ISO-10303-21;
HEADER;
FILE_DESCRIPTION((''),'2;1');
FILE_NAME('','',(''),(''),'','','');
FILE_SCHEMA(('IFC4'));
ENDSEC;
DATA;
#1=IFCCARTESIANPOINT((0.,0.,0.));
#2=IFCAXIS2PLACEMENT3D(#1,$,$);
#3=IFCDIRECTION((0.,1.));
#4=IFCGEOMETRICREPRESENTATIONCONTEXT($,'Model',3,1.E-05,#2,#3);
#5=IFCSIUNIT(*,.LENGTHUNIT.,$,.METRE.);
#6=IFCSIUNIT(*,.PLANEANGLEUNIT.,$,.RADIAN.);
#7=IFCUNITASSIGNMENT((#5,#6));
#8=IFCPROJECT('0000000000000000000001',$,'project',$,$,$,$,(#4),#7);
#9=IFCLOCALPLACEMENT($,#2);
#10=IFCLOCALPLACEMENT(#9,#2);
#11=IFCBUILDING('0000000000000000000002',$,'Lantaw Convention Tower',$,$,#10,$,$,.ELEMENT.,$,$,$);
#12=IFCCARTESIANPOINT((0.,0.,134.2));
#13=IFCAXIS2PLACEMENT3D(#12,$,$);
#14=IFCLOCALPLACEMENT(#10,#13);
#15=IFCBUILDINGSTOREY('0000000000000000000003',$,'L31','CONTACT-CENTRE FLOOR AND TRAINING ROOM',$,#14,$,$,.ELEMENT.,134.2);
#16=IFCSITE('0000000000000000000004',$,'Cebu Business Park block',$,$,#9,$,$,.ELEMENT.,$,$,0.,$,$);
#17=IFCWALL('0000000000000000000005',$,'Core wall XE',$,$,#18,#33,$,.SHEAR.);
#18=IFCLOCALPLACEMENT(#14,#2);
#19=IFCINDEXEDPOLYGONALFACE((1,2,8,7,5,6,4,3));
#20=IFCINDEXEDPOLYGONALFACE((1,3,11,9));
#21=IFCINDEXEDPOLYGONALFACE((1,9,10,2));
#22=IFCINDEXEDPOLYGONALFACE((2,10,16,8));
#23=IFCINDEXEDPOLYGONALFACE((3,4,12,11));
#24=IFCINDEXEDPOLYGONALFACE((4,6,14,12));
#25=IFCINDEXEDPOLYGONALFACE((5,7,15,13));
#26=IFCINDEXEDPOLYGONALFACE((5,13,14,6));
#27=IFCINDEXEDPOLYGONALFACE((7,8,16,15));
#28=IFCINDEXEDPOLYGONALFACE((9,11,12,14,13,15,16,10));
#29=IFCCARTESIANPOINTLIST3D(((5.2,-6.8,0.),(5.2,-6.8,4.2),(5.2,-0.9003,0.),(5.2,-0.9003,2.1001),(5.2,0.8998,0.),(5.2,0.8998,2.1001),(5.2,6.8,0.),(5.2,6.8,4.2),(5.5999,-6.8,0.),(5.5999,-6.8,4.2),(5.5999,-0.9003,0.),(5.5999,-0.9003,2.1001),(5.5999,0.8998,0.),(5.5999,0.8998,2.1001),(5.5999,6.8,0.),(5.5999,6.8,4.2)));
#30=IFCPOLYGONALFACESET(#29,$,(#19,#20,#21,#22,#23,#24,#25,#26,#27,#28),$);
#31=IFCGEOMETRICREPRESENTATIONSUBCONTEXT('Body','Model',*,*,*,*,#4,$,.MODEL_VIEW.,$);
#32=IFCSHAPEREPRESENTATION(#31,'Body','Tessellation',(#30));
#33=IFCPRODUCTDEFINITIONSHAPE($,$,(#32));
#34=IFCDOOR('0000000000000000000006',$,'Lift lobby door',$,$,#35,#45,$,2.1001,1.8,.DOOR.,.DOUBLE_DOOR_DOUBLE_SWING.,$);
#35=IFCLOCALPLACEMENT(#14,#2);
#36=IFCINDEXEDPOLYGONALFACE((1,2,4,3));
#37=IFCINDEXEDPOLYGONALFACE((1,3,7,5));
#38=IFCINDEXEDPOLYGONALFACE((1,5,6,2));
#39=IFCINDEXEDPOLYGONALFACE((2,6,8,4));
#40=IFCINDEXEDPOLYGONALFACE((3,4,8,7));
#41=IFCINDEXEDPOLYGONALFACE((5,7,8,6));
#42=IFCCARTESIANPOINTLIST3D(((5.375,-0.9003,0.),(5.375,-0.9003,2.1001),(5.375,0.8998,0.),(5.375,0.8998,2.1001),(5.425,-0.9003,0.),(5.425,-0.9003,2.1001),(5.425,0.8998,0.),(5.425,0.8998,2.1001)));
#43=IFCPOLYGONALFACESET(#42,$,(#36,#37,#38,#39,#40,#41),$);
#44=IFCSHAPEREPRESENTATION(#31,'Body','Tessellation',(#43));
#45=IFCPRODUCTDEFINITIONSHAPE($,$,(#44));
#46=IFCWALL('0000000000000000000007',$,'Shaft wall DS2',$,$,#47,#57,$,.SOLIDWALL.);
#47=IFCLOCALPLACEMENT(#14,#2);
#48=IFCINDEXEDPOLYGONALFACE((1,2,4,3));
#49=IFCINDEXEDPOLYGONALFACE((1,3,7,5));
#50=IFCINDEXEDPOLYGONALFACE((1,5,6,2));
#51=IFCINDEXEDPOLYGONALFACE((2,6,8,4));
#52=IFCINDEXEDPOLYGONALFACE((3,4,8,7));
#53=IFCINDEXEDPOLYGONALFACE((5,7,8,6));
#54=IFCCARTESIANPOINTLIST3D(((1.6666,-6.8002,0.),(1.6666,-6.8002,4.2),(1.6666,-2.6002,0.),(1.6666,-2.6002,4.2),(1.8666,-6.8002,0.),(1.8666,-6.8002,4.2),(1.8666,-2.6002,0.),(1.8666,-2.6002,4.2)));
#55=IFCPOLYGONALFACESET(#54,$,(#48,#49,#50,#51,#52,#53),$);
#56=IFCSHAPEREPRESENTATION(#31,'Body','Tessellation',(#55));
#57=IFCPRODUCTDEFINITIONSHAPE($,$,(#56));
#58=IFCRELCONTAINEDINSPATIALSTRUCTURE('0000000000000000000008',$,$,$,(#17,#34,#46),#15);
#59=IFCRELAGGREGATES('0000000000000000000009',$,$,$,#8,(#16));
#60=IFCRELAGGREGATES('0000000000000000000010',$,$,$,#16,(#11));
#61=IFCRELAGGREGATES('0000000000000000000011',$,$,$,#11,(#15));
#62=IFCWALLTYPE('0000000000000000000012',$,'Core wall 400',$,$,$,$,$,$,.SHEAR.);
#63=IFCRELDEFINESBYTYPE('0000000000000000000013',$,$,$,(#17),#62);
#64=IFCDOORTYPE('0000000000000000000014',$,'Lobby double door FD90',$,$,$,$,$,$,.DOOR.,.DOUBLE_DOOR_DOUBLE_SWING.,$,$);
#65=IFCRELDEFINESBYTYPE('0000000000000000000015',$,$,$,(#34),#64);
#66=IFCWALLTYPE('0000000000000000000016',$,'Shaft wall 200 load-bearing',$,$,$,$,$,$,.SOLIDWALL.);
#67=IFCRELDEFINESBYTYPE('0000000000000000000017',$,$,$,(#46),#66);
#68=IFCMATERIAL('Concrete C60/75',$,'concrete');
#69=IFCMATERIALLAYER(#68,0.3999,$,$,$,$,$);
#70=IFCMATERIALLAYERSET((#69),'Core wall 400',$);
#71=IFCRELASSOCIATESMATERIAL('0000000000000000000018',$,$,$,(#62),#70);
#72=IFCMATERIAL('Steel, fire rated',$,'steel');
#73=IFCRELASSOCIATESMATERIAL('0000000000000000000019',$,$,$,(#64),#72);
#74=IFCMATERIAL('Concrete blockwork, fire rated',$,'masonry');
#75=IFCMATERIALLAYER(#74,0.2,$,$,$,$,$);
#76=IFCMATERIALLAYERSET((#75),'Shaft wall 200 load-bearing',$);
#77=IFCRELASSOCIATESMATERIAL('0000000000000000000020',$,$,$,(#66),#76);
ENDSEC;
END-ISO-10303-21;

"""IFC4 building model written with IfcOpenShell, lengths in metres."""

from ifc_helpers import new_model, si_unit, direction, frame, frame_2d, origin, place, context, subcontext, project, spatial, rectangle, extrude, material, layer, layer_set, type_object, element, fill, save


model = new_model("IFC4")

# Units and contexts
model_context = context("Model", 3, precision=1e-05, world=origin(), true_north=direction((0.0, 1.0)))
body_context = subcontext(model_context, "Body", "Model", "MODEL_VIEW")
ifc_project = project(units=[si_unit("LENGTHUNIT", "METRE"), si_unit("PLANEANGLEUNIT", "RADIAN")], contexts=[model_context])

# Site, building, storey
site_placement = place(None, origin())
site = spatial("IfcSite", under=ifc_project, at=site_placement, Name="Cebu Business Park block", CompositionType="ELEMENT", RefElevation=0.0)
building_placement = place(site_placement, origin())
building = spatial("IfcBuilding", under=site, at=building_placement, Name="Lantaw Convention Tower", CompositionType="ELEMENT")
storey_placement = place(building_placement, frame((0.0, 0.0, 134.2)))
storey = spatial("IfcBuildingStorey", under=building, at=storey_placement, Name="L31", Description="CONTACT-CENTRE FLOOR AND TRAINING ROOM", CompositionType="ELEMENT", Elevation=134.2)

# Wall, opening, door
ifc_material_1 = material(Name="Concrete C60/75", Category="concrete")
ifc_material_2 = material(Name="Steel, fire rated", Category="steel")
ifc_layer_1 = layer(ifc_material_1, 0.3999)
ifc_layer_set_1 = layer_set([ifc_layer_1], Name="Core wall 400")
wall_type_1 = type_object("IfcWallType", Name="Core wall 400", PredefinedType="SHEAR", material=ifc_layer_set_1)
wall_1_placement = place(storey_placement, frame((5.3999, -6.8, 0.0), z_axis=(0.0, 0.0, 1.0), x_axis=(0.0, 1.0, 0.0)))
wall_1 = element("IfcWall", 1, at=wall_1_placement, inside=storey, type_object=wall_type_1, Name="Core wall XE", PredefinedType="SHEAR", context=body_context, shape_type="SweptSolid", body=[
    extrude(rectangle(XDim=13.6001, YDim=0.3999, at=frame_2d((6.8, 0.0))), origin(), (0.0, 0.0, 1.0), 4.2),
])
opening_1_placement = place(wall_1_placement, frame((5.8999, 0.0, 0.0)))
opening_1 = element("IfcOpeningElement", 2, at=opening_1_placement, cuts=wall_1, PredefinedType="OPENING", context=body_context, shape_type="SweptSolid", body=[
    extrude(rectangle(XDim=1.8, YDim=2.1001, at=frame_2d((0.8999, 1.05))), frame((0.0, 0.21, 0.0), z_axis=(0.0, -1.0, 0.0), x_axis=(1.0, 0.0, 0.0)), (0.0, 0.0, 1.0), 0.4199),
])
door_type_1 = type_object("IfcDoorType", Name="Lobby double door FD90", OperationType="DOUBLE_DOOR_DOUBLE_SWING", PredefinedType="DOOR", material=ifc_material_2)
door_1_placement = place(opening_1_placement, origin())
door_1 = element("IfcDoor", 3, at=door_1_placement, inside=storey, type_object=door_type_1, Name="Lift lobby door", OperationType="DOUBLE_DOOR_DOUBLE_SWING", OverallHeight=2.1001, OverallWidth=1.8, PredefinedType="DOOR", context=body_context, shape_type="SweptSolid", body=[
    extrude(rectangle(XDim=1.8, YDim=2.1001, at=frame_2d((0.8999, 1.05))), frame((0.0, 0.0249, 0.0), z_axis=(0.0, -1.0, 0.0), x_axis=(1.0, 0.0, 0.0)), (0.0, 0.0, 1.0), 0.05),
])
fill(opening_1, door_1)

# Wall
ifc_material_3 = material(Name="Concrete blockwork, fire rated", Category="masonry")
ifc_layer_2 = layer(ifc_material_3, 0.2)
ifc_layer_set_2 = layer_set([ifc_layer_2], Name="Shaft wall 200 load-bearing")
wall_type_2 = type_object("IfcWallType", Name="Shaft wall 200 load-bearing", PredefinedType="SOLIDWALL", material=ifc_layer_set_2)
wall_2_placement = place(storey_placement, frame((1.7666, -2.6001, 0.0), z_axis=(0.0, 0.0, 1.0), x_axis=(0.0, -1.0, 0.0)))
element("IfcWall", 4, at=wall_2_placement, inside=storey, type_object=wall_type_2, Name="Shaft wall DS2", PredefinedType="SOLIDWALL", context=body_context, shape_type="SweptSolid", body=[
    extrude(rectangle(XDim=4.2, YDim=0.2, at=frame_2d((2.1001, 0.0))), origin(), (0.0, 0.0, 1.0), 4.2),
])

save(model, "model.ifc")
